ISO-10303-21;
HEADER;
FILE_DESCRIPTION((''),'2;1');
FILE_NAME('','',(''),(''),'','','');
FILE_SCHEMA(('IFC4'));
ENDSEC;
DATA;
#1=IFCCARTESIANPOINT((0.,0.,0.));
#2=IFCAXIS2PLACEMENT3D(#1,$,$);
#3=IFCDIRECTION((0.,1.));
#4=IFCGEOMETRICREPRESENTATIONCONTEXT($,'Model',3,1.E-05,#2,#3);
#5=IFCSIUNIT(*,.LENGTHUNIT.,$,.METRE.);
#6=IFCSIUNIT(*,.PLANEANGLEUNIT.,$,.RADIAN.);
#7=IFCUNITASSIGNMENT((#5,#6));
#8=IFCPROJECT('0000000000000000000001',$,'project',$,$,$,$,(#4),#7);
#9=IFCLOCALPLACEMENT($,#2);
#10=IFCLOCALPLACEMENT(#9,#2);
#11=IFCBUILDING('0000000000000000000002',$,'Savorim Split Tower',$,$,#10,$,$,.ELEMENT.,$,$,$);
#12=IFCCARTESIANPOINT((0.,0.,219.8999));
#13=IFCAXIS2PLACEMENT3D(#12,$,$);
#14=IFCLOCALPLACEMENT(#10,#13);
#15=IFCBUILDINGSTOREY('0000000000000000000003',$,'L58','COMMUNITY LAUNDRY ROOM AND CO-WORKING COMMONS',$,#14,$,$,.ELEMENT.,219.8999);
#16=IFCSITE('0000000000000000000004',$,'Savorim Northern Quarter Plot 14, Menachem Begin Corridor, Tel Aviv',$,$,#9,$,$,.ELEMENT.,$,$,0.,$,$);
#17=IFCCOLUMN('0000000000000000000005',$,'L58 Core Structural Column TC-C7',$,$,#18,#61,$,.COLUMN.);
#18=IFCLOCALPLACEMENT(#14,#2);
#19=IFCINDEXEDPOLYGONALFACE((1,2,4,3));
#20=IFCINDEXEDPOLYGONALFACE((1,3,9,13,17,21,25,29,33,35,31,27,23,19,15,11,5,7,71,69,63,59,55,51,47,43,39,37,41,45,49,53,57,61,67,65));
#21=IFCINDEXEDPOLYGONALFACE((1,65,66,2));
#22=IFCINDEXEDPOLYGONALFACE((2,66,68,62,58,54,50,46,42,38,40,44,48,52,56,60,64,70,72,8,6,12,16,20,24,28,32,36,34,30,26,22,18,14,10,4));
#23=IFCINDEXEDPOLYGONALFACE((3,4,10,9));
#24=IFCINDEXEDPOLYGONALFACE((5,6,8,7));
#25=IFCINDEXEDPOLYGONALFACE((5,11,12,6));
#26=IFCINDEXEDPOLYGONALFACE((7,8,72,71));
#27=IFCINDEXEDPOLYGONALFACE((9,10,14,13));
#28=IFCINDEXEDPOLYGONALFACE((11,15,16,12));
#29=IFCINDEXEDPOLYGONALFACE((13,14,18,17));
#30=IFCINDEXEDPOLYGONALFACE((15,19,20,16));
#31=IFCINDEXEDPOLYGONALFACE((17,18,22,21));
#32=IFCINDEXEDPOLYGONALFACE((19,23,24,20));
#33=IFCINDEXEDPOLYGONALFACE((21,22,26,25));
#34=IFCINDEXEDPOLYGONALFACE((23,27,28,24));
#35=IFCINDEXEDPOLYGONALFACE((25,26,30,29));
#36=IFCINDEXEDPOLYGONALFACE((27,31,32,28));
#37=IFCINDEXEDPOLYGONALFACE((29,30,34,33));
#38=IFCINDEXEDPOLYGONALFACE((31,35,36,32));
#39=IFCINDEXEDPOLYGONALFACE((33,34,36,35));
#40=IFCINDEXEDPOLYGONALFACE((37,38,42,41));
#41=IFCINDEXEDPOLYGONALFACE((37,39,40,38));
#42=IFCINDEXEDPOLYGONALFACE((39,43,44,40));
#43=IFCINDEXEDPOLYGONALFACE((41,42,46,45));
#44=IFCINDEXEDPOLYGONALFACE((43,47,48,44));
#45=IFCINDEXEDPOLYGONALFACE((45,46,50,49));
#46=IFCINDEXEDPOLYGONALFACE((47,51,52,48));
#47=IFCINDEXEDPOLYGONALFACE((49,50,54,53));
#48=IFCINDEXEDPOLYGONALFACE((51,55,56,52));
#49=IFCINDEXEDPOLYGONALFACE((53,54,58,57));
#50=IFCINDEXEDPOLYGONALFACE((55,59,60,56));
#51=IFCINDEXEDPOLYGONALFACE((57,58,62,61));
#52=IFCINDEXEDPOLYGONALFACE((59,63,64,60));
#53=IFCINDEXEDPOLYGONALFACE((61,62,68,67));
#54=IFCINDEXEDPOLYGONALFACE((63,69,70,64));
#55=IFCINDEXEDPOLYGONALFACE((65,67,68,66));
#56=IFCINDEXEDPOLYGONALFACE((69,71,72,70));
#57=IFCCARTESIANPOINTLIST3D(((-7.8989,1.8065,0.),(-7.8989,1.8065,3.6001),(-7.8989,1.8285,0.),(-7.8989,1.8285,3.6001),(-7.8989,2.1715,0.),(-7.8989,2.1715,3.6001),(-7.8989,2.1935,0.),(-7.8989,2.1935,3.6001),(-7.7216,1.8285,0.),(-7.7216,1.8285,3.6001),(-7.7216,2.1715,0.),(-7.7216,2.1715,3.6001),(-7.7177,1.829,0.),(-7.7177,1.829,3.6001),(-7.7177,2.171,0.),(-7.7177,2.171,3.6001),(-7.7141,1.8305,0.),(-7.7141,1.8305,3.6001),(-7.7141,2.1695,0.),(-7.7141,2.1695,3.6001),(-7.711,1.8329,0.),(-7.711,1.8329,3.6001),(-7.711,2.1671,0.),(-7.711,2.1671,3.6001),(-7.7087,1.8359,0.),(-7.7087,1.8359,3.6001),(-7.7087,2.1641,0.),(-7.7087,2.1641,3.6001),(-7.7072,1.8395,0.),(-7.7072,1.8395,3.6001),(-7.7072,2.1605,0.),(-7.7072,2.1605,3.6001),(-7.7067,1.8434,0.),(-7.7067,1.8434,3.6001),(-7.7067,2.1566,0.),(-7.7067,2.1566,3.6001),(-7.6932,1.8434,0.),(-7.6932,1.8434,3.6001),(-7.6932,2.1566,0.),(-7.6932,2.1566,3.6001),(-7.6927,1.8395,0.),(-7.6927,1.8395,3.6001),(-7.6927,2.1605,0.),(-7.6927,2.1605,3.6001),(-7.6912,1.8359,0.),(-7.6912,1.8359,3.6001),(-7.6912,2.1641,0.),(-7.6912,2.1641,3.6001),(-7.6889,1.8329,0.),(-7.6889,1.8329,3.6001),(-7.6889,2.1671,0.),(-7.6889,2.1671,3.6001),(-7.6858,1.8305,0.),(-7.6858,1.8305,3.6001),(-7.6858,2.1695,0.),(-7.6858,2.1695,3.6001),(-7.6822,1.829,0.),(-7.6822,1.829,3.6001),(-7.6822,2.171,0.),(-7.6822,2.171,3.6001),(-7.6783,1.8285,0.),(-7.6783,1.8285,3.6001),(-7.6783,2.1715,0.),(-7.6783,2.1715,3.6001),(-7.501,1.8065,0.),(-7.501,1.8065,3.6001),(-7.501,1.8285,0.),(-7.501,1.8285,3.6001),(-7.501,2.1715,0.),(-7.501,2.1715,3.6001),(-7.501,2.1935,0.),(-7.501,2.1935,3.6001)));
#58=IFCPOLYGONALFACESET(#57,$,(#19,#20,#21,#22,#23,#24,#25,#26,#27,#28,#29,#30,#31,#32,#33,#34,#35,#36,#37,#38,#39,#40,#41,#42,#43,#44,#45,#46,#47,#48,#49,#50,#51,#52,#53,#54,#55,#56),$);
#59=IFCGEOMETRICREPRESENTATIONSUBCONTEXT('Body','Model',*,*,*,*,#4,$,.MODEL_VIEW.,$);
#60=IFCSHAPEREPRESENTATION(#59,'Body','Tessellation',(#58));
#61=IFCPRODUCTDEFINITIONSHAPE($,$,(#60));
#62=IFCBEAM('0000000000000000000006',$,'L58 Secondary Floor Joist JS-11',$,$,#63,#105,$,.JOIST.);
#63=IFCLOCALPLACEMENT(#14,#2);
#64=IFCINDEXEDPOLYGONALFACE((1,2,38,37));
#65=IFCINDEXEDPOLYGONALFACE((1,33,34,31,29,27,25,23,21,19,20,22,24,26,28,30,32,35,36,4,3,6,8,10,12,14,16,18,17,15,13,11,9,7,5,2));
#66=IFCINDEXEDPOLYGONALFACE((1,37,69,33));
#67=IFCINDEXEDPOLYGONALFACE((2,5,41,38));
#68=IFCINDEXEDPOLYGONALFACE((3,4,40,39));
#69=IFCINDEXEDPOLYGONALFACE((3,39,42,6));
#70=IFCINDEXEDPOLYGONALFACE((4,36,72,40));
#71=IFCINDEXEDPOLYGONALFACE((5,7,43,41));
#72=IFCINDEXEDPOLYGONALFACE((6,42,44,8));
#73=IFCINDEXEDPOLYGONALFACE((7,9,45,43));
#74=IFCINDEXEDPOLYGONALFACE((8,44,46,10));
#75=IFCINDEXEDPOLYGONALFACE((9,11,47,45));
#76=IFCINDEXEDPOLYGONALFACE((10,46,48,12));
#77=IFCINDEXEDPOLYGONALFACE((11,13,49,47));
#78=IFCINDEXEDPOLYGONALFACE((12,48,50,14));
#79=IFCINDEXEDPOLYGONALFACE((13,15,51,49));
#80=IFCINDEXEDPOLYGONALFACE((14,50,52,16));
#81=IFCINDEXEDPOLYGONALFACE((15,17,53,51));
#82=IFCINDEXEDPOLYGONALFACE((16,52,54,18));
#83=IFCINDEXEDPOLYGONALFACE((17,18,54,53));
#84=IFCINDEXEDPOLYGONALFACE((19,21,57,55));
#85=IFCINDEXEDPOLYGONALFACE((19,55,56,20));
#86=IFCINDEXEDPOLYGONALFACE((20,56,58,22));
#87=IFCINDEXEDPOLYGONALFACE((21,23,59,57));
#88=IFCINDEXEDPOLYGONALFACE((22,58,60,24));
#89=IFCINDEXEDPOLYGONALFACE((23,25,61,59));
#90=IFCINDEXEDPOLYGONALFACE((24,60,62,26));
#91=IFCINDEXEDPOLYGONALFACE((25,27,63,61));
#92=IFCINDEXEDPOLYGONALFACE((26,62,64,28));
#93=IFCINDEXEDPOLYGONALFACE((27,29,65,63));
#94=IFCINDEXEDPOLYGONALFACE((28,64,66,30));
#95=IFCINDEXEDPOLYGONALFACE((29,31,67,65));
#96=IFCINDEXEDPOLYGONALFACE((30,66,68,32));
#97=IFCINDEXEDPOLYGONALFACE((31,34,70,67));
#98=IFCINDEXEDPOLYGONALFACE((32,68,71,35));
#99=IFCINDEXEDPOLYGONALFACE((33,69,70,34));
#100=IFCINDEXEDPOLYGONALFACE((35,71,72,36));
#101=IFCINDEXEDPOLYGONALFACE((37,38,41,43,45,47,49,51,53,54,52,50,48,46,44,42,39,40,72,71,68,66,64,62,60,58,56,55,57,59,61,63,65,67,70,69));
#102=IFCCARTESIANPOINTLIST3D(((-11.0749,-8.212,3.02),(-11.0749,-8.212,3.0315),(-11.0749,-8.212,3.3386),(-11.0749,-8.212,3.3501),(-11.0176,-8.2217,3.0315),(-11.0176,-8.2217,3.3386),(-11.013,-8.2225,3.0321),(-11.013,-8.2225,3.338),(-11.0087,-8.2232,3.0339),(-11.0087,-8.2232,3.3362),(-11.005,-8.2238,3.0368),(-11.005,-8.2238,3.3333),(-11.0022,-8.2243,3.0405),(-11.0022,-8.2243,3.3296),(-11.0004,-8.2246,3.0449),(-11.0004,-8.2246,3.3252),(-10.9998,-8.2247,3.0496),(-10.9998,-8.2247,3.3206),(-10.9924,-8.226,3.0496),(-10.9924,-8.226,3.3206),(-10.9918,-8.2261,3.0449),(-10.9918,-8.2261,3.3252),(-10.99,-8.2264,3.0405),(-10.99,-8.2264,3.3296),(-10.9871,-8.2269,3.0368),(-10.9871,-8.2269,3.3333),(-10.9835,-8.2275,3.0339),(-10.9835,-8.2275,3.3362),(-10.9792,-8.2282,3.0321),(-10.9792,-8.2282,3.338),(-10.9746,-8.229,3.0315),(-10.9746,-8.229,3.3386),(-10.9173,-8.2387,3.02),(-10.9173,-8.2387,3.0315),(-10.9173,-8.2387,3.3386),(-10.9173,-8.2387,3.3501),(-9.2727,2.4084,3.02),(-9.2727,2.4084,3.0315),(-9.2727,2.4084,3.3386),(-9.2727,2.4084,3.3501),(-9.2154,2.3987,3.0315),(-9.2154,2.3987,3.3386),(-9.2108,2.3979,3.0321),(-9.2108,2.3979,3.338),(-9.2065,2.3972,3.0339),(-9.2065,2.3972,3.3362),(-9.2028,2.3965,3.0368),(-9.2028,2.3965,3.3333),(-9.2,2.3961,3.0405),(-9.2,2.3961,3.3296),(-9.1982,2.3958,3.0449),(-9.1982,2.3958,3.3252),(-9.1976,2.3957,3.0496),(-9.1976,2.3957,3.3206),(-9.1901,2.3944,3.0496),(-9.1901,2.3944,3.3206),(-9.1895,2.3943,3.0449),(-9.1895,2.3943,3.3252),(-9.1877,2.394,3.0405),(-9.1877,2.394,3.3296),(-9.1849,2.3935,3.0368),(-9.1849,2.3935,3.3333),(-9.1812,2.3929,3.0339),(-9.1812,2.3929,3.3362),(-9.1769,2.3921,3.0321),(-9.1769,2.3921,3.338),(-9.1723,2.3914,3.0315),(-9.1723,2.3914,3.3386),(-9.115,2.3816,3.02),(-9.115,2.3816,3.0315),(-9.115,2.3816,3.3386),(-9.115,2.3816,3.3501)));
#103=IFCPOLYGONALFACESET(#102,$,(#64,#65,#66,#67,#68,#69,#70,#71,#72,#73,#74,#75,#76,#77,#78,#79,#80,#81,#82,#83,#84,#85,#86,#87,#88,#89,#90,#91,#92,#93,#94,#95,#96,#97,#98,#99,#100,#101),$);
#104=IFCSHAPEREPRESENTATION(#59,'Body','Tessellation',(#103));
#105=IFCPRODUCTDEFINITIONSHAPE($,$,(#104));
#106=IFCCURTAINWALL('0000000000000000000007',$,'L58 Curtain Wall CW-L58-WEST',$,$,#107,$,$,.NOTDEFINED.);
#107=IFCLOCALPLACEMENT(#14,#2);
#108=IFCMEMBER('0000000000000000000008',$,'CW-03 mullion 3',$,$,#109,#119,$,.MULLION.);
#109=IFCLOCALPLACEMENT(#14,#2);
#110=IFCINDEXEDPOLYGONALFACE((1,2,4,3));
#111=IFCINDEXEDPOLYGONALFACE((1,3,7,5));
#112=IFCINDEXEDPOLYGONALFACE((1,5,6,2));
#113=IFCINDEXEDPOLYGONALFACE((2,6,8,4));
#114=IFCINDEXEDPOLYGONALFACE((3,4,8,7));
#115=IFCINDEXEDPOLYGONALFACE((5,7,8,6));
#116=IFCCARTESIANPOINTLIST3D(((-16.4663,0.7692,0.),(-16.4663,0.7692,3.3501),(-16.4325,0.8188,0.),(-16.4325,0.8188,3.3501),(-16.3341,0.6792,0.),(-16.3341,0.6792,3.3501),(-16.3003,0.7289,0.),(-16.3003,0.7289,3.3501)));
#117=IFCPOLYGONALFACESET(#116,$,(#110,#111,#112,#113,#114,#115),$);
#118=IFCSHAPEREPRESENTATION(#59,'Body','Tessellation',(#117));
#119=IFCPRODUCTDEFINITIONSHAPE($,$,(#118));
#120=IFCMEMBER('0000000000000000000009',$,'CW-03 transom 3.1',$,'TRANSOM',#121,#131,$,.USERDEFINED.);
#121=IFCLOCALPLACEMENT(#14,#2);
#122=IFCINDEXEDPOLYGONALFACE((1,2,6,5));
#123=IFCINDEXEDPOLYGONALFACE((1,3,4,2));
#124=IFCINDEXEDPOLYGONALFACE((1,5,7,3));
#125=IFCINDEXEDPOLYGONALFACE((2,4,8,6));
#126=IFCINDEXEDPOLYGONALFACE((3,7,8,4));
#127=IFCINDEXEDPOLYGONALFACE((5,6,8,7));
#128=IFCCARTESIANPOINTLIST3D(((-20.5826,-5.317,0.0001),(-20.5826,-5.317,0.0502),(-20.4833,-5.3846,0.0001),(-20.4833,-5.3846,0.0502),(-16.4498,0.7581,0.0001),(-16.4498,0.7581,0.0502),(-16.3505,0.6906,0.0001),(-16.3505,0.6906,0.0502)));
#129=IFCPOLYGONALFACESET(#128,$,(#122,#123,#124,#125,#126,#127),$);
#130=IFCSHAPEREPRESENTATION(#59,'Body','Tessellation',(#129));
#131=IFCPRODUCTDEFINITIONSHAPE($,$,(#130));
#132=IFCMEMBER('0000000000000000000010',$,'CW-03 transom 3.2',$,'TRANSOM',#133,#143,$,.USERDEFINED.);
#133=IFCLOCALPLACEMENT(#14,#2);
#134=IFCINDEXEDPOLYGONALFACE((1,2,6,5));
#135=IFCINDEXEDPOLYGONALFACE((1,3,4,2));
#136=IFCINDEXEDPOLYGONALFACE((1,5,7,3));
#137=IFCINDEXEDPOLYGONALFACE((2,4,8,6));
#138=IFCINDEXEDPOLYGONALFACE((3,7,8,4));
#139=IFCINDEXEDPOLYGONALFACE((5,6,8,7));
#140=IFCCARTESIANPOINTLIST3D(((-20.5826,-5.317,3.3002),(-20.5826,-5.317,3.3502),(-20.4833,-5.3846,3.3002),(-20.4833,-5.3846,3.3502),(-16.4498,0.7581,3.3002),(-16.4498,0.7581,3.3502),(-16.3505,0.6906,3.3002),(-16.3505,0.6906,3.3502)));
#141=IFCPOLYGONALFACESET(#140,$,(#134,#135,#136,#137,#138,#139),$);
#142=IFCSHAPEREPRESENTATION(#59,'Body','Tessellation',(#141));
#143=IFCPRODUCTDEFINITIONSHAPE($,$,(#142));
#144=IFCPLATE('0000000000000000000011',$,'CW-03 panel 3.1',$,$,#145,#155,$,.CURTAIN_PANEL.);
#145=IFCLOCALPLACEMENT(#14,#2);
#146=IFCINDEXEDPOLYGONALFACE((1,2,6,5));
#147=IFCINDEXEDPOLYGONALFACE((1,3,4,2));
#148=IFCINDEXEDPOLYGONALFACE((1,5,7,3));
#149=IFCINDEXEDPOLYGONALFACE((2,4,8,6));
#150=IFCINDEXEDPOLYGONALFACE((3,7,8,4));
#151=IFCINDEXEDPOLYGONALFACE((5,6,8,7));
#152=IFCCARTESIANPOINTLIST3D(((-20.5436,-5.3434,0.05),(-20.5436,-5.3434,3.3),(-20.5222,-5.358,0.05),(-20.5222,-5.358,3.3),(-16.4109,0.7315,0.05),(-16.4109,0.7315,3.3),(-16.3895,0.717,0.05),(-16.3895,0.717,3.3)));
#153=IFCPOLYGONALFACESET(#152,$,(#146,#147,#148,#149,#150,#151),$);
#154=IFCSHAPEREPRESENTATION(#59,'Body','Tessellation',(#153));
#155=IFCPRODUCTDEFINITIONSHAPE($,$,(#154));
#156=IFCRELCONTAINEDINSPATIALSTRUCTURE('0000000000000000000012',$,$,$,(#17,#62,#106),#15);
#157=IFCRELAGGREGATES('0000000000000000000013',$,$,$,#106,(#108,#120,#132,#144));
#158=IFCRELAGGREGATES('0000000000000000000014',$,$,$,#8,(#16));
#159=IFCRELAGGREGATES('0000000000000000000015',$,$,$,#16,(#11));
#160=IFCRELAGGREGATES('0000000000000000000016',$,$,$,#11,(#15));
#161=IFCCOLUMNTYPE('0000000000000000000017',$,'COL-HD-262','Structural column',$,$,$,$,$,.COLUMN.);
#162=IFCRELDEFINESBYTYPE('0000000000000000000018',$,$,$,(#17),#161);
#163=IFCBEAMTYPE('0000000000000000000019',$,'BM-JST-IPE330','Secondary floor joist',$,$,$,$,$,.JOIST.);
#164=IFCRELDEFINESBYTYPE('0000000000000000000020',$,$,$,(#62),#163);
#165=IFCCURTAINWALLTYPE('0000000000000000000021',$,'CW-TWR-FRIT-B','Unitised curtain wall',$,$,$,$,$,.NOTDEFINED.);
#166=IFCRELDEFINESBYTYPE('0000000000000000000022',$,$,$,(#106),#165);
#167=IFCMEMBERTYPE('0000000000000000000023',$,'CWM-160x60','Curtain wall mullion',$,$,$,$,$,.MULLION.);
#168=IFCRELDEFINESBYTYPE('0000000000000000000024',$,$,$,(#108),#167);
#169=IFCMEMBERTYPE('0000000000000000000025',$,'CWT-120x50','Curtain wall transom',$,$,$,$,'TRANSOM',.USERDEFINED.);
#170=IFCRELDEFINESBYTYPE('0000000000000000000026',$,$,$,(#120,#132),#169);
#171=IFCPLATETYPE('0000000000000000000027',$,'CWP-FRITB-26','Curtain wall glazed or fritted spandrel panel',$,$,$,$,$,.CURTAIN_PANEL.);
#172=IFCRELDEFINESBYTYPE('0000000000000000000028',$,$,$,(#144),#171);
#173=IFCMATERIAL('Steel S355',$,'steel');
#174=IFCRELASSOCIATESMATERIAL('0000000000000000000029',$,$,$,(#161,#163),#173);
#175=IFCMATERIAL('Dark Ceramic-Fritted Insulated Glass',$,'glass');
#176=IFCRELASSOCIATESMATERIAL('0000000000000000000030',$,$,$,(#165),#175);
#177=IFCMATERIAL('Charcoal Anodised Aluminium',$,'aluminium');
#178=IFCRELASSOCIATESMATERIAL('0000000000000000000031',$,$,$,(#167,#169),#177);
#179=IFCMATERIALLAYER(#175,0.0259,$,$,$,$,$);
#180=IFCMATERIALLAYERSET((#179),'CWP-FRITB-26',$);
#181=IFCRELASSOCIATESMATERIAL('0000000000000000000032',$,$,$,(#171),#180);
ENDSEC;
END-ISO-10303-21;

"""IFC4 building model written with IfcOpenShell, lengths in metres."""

from ifc_helpers import new_model, si_unit, direction, frame, origin, origin_2d, place, context, subcontext, project, spatial, rectangle, i_section, extrude, material, layer, layer_set, material_profile, profile_set, type_object, element, aggregate, save


model = new_model("IFC4")

# Units and contexts
model_context = context("Model", 3, precision=1e-05, world=origin(), true_north=direction((0.0, 1.0)))
body_context = subcontext(model_context, "Body", "Model", "MODEL_VIEW")
ifc_project = project(units=[si_unit("LENGTHUNIT", "METRE"), si_unit("PLANEANGLEUNIT", "RADIAN")], contexts=[model_context])

# Site, building, storey
site_placement = place(None, origin())
site = spatial("IfcSite", under=ifc_project, at=site_placement, Name="Savorim Northern Quarter Plot 14, Menachem Begin Corridor, Tel Aviv", CompositionType="ELEMENT", RefElevation=0.0)
building_placement = place(site_placement, origin())
building = spatial("IfcBuilding", under=site, at=building_placement, Name="Savorim Split Tower", CompositionType="ELEMENT")
storey_placement = place(building_placement, frame((0.0, 0.0, 219.8999)))
storey = spatial("IfcBuildingStorey", under=building, at=storey_placement, Name="L58", Description="COMMUNITY LAUNDRY ROOM AND CO-WORKING COMMONS", CompositionType="ELEMENT", Elevation=219.8999)

# Column
ifc_material_1 = material(Name="Steel S355", Category="steel")
ifc_material_profile_1 = material_profile(ifc_material_1, i_section(OverallWidth=0.3979, OverallDepth=0.387, WebThickness=0.0134, FlangeThickness=0.022, FilletRadius=0.0149, at=origin_2d()), Name="HD 400x262")
ifc_profile_set_1 = profile_set([ifc_material_profile_1], Name="Steel S355")
column_type = type_object("IfcColumnType", Name="COL-HD-262", Description="Structural column", PredefinedType="COLUMN", material=ifc_profile_set_1)
column_placement = place(storey_placement, frame((-7.7, 2.0, 0.0), z_axis=(0.0, 0.0, 1.0), x_axis=(1.0, 0.0, 0.0)))
element("IfcColumn", 1, at=column_placement, inside=storey, type_object=column_type, Name="L58 Core Structural Column TC-C7", PredefinedType="COLUMN", context=body_context, shape_type="SweptSolid", body=[
    extrude(i_section(OverallWidth=0.3979, OverallDepth=0.387, WebThickness=0.0134, FlangeThickness=0.022, FilletRadius=0.0149, at=origin_2d()), origin(), (0.0, 0.0, 1.0), 3.6001),
])

# Beam
ifc_material_profile_2 = material_profile(ifc_material_1, i_section(OverallWidth=0.1599, OverallDepth=0.3301, WebThickness=0.0076, FlangeThickness=0.0115, FilletRadius=0.0181, at=origin_2d()), Name="IPE 330")
ifc_profile_set_2 = profile_set([ifc_material_profile_2], Name="Steel S355")
beam_type = type_object("IfcBeamType", Name="BM-JST-IPE330", Description="Secondary floor joist", PredefinedType="JOIST", material=ifc_profile_set_2)
beam_placement = place(storey_placement, frame((-9.1938, 2.395, 3.1851), z_axis=(-0.167305, -0.985905, 0.0), x_axis=(0.985905, -0.167305, 0.0)))
element("IfcBeam", 2, at=beam_placement, inside=storey, type_object=beam_type, Name="L58 Secondary Floor Joist JS-11", PredefinedType="JOIST", context=body_context, shape_type="SweptSolid", body=[
    extrude(i_section(OverallWidth=0.1599, OverallDepth=0.3301, WebThickness=0.0076, FlangeThickness=0.0115, FilletRadius=0.0181, at=origin_2d()), origin(), (0.0, 0.0, 1.0), 10.7722),
])

# Curtain wall, members, plate
ifc_material_2 = material(Name="Dark Ceramic-Fritted Insulated Glass", Category="glass")
curtain_wall_type = type_object("IfcCurtainWallType", Name="CW-TWR-FRIT-B", Description="Unitised curtain wall", PredefinedType="NOTDEFINED", material=ifc_material_2)
curtain_wall_placement = place(storey_placement, origin())
curtain_wall = element("IfcCurtainWall", 3, at=curtain_wall_placement, inside=storey, type_object=curtain_wall_type, Name="L58 Curtain Wall CW-L58-WEST", PredefinedType="NOTDEFINED")
ifc_material_3 = material(Name="Charcoal Anodised Aluminium", Category="aluminium")
ifc_material_profile_3 = material_profile(ifc_material_3, rectangle(XDim=0.1599, YDim=0.0601, at=origin_2d()), Name="ALU-M 160x60")
ifc_profile_set_3 = profile_set([ifc_material_profile_3], Name="Charcoal Anodised Aluminium")
member_type_1 = type_object("IfcMemberType", Name="CWM-160x60", Description="Curtain wall mullion", PredefinedType="MULLION", material=ifc_profile_set_3)
member_1_placement = place(storey_placement, frame((-16.3833, 0.749, 0.0), z_axis=(0.0, 0.0, 1.0), x_axis=(0.82682, -0.562467, 0.0)))
member_1 = element("IfcMember", 4, at=member_1_placement, type_object=member_type_1, Name="CW-03 mullion 3", PredefinedType="MULLION", context=body_context, shape_type="SweptSolid", body=[
    extrude(rectangle(XDim=0.1599, YDim=0.0601, at=origin_2d()), origin(), (0.0, 0.0, 1.0), 3.3501),
])
ifc_material_profile_4 = material_profile(ifc_material_3, rectangle(XDim=0.1201, YDim=0.05, at=origin_2d()), Name="ALU-T 120x50")
ifc_profile_set_4 = profile_set([ifc_material_profile_4], Name="Charcoal Anodised Aluminium")
member_type_2 = type_object("IfcMemberType", Name="CWT-120x50", Description="Curtain wall transom", ElementType="TRANSOM", PredefinedType="USERDEFINED", material=ifc_profile_set_4)
member_2_placement = place(storey_placement, frame((-16.4001, 0.7244, 0.0251), z_axis=(-0.562466, -0.82682, 0.0), x_axis=(0.82682, -0.562466, 0.0)))
member_2 = element("IfcMember", 5, at=member_2_placement, type_object=member_type_2, Name="CW-03 transom 3.1", ObjectType="TRANSOM", PredefinedType="USERDEFINED", context=body_context, shape_type="SweptSolid", body=[
    extrude(rectangle(XDim=0.1201, YDim=0.05, at=origin_2d()), origin(), (0.0, 0.0, 1.0), 7.3477),
])
member_3_placement = place(storey_placement, frame((-16.4001, 0.7244, 3.3252), z_axis=(-0.562466, -0.82682, 0.0), x_axis=(0.82682, -0.562466, 0.0)))
member_3 = element("IfcMember", 6, at=member_3_placement, type_object=member_type_2, Name="CW-03 transom 3.2", ObjectType="TRANSOM", PredefinedType="USERDEFINED", context=body_context, shape_type="SweptSolid", body=[
    extrude(rectangle(XDim=0.1201, YDim=0.05, at=origin_2d()), origin(), (0.0, 0.0, 1.0), 7.3477),
])
ifc_layer_1 = layer(ifc_material_2, 0.0259)
ifc_layer_set_1 = layer_set([ifc_layer_1], Name="CWP-FRITB-26")
plate_type = type_object("IfcPlateType", Name="CWP-FRITB-26", Description="Curtain wall glazed or fritted spandrel panel", PredefinedType="CURTAIN_PANEL", material=ifc_layer_set_1)
plate_placement = place(storey_placement, frame((-18.4666, -2.3132, 0.05), z_axis=(0.0, 0.0, 1.0), x_axis=(-0.562467, -0.82682, 0.0)))
plate = element("IfcPlate", 7, at=plate_placement, type_object=plate_type, Name="CW-03 panel 3.1", PredefinedType="CURTAIN_PANEL", context=body_context, shape_type="SweptSolid", body=[
    extrude(rectangle(XDim=7.3474, YDim=0.0259, at=origin_2d()), origin(), (0.0, 0.0, 1.0), 3.25),
])
aggregate(curtain_wall, [member_1, member_2, member_3, plate])

save(model, "model.ifc")
